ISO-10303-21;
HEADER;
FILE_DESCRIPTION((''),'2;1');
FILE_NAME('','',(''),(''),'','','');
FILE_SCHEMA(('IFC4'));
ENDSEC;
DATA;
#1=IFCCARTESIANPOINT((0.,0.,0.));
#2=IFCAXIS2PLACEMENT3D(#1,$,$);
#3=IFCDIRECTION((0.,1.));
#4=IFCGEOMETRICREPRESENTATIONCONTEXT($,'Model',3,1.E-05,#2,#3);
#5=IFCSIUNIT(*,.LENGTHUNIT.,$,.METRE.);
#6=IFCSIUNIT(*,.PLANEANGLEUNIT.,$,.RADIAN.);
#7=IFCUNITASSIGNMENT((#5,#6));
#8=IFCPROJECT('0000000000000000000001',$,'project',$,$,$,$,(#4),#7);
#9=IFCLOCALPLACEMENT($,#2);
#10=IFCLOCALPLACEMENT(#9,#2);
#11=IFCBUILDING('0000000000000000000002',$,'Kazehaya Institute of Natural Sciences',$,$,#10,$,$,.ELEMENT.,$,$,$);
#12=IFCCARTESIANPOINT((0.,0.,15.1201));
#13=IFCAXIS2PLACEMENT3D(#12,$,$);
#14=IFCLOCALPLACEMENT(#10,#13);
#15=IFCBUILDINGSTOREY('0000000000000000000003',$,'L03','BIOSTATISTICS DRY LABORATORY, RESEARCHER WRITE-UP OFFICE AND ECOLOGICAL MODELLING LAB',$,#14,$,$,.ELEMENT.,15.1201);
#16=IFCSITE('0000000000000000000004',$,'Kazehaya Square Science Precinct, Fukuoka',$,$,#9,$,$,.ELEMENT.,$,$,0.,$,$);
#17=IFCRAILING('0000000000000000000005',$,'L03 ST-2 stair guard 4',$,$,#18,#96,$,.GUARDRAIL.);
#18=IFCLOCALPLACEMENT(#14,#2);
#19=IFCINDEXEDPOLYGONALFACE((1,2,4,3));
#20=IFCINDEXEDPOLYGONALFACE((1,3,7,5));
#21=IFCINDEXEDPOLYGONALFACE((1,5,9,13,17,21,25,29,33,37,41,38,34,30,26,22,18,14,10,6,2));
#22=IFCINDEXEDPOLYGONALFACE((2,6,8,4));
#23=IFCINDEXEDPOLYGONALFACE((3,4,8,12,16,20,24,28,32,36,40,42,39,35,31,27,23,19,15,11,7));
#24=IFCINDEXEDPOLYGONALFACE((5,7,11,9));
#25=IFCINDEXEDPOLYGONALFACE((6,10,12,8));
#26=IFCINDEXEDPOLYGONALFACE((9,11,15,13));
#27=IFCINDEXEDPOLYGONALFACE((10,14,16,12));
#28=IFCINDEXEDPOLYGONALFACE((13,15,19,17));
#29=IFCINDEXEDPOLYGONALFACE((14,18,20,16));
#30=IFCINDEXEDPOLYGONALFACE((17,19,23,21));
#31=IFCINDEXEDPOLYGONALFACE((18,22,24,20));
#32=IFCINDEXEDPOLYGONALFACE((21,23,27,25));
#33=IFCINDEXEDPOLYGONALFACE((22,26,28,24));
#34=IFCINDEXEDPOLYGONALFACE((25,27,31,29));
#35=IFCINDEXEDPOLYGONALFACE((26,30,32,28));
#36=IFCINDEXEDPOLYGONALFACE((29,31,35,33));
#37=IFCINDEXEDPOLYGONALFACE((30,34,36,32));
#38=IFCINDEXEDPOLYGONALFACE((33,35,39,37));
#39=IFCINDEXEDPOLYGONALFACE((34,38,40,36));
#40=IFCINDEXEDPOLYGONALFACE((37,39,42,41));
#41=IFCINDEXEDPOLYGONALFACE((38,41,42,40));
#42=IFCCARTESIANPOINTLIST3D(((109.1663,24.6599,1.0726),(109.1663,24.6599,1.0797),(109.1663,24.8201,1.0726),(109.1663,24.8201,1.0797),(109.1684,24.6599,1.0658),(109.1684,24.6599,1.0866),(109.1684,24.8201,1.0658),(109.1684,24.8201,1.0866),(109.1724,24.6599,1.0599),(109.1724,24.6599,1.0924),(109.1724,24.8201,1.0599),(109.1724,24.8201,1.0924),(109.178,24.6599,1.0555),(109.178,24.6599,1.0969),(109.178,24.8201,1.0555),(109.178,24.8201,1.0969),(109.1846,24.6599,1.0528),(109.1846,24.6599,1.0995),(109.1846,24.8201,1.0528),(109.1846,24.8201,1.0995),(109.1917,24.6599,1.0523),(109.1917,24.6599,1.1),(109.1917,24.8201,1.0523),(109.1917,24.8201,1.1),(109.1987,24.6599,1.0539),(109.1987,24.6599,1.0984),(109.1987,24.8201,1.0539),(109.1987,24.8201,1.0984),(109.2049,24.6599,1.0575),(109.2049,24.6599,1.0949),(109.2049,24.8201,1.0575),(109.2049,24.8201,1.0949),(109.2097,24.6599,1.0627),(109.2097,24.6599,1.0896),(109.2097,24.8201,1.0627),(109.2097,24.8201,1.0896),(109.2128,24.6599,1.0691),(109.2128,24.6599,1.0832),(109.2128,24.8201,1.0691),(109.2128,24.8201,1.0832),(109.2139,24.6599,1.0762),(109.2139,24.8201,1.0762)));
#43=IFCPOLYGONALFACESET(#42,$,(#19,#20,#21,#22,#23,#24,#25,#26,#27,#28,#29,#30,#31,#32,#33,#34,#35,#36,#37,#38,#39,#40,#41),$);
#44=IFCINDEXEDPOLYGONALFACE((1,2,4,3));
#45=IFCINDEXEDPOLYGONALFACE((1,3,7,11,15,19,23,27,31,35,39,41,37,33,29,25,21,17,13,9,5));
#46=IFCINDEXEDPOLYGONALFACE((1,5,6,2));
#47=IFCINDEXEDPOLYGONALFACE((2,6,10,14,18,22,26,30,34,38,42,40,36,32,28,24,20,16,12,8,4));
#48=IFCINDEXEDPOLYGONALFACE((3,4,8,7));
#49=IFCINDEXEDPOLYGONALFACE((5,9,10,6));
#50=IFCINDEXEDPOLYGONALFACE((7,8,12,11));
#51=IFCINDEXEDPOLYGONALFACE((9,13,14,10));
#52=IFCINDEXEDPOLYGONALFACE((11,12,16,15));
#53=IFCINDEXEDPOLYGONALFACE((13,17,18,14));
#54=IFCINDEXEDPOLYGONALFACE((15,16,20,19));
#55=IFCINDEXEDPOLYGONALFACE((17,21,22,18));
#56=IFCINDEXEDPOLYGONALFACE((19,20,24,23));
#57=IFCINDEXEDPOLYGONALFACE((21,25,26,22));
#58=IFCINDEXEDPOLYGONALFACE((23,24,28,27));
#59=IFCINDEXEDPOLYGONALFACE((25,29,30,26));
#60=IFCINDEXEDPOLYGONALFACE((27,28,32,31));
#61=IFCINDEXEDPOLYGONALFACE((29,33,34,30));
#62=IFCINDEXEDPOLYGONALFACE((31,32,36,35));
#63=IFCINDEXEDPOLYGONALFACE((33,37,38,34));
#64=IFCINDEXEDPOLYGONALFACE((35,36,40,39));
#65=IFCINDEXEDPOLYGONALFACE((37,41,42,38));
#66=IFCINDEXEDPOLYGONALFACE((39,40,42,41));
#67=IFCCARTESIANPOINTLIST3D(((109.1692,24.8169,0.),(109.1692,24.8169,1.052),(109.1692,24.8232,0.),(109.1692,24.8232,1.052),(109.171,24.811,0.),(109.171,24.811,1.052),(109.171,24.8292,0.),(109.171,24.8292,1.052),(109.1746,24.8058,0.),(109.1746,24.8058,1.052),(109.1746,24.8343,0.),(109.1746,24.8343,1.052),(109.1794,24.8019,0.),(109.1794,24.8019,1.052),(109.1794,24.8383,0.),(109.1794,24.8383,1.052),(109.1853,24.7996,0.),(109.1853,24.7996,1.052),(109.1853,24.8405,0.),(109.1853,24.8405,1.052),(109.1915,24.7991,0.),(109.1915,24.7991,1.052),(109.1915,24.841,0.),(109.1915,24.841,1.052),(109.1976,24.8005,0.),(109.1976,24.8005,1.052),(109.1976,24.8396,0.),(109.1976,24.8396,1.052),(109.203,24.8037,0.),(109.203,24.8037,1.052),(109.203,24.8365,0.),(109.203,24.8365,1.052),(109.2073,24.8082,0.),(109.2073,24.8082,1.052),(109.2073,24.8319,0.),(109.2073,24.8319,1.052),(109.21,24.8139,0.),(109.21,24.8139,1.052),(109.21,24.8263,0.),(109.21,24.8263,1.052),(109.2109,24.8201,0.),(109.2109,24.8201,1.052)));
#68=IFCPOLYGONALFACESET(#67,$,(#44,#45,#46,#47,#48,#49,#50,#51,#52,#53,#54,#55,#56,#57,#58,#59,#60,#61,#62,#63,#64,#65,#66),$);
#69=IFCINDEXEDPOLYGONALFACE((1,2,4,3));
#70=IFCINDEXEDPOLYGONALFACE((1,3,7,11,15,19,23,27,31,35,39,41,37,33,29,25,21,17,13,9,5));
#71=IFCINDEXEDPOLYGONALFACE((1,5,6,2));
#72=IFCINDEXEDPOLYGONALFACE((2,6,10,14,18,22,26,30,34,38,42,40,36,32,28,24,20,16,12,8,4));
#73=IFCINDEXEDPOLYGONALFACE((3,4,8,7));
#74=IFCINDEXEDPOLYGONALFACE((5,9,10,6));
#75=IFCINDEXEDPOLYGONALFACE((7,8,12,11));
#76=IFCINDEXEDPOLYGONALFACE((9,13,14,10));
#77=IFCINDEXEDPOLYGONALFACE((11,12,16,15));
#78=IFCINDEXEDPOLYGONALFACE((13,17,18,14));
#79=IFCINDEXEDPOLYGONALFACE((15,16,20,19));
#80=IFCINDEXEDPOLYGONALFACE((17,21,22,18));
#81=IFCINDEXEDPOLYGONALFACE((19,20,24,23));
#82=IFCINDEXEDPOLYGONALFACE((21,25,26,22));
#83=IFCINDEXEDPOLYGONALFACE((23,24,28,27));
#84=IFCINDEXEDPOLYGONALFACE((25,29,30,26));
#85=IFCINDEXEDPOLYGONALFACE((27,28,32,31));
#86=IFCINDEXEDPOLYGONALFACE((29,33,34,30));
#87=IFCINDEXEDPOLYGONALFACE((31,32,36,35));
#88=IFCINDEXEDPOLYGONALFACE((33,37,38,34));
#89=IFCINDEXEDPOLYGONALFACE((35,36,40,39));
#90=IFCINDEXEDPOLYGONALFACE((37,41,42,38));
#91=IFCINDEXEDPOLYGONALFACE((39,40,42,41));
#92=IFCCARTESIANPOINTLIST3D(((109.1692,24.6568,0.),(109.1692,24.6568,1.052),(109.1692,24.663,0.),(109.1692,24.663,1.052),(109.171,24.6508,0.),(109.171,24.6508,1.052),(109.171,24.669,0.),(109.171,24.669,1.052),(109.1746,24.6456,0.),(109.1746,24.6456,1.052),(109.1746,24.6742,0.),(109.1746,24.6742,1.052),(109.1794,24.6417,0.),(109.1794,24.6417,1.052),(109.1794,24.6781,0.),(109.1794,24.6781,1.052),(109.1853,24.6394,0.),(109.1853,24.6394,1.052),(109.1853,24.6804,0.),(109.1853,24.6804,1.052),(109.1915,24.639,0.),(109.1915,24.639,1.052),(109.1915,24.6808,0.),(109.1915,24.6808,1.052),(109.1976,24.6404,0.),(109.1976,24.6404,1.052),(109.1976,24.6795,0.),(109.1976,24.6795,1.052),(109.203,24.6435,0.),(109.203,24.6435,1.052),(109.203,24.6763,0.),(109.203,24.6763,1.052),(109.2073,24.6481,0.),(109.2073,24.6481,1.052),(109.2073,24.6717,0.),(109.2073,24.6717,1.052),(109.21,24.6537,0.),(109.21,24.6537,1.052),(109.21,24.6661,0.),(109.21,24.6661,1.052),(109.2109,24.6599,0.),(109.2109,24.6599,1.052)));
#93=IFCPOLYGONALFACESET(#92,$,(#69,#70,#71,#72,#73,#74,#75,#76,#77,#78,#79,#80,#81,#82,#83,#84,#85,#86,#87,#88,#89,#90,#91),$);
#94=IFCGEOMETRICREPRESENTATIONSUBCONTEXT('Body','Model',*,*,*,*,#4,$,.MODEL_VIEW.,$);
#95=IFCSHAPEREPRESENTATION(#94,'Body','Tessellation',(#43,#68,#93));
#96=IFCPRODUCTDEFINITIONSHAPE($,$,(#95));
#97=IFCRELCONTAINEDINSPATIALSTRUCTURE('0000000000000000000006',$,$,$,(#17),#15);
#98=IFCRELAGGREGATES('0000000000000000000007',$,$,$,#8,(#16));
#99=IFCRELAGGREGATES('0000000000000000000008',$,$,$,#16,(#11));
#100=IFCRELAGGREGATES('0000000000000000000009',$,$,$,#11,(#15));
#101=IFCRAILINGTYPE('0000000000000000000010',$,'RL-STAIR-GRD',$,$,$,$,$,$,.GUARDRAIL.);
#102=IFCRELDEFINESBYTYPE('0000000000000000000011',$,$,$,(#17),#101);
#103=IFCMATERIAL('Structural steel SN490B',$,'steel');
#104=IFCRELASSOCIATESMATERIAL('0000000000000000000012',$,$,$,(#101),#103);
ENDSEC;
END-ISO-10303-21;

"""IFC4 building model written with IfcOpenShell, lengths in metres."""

from ifc_helpers import new_model, si_unit, direction, frame, origin, origin_2d, place, context, subcontext, project, spatial, circle, extrude, material, type_object, element, save


model = new_model("IFC4")

# Units and contexts
model_context = context("Model", 3, precision=1e-05, world=origin(), true_north=direction((0.0, 1.0)))
body_context = subcontext(model_context, "Body", "Model", "MODEL_VIEW")
ifc_project = project(units=[si_unit("LENGTHUNIT", "METRE"), si_unit("PLANEANGLEUNIT", "RADIAN")], contexts=[model_context])

# Site, building, storey
site_placement = place(None, origin())
site = spatial("IfcSite", under=ifc_project, at=site_placement, Name="Kazehaya Square Science Precinct, Fukuoka", CompositionType="ELEMENT", RefElevation=0.0)
building_placement = place(site_placement, origin())
building = spatial("IfcBuilding", under=site, at=building_placement, Name="Kazehaya Institute of Natural Sciences", CompositionType="ELEMENT")
storey_placement = place(building_placement, frame((0.0, 0.0, 15.1201)))
storey = spatial("IfcBuildingStorey", under=building, at=storey_placement, Name="L03", Description="BIOSTATISTICS DRY LABORATORY, RESEARCHER WRITE-UP OFFICE AND ECOLOGICAL MODELLING LAB", CompositionType="ELEMENT", Elevation=15.1201)

# Railing
ifc_material_1 = material(Name="Structural steel SN490B", Category="steel")
railing_type_1 = type_object("IfcRailingType", Name="RL-STAIR-GRD", PredefinedType="GUARDRAIL", material=ifc_material_1)
railing_1_placement = place(storey_placement, frame((109.1899, 24.8201, 0.0)))
element("IfcRailing", 1, at=railing_1_placement, inside=storey, type_object=railing_type_1, Name="L03 ST-2 stair guard 4", PredefinedType="GUARDRAIL", context=body_context, shape_type="SweptSolid", body=[
    extrude(circle(Radius=0.0239, at=origin_2d()), frame((0.0, 0.0, 1.0762), z_axis=(0.0, -1.0, 0.0), x_axis=(1.0, 0.0, 0.0)), (0.0, 0.0, 1.0), 0.1602),
    extrude(circle(Radius=0.021, at=origin_2d()), origin(), (0.0, 0.0, 1.0), 1.052),
    extrude(circle(Radius=0.021, at=origin_2d()), frame((0.0, -0.1602, 0.0)), (0.0, 0.0, 1.0), 1.052),
])

save(model, "model.ifc")
